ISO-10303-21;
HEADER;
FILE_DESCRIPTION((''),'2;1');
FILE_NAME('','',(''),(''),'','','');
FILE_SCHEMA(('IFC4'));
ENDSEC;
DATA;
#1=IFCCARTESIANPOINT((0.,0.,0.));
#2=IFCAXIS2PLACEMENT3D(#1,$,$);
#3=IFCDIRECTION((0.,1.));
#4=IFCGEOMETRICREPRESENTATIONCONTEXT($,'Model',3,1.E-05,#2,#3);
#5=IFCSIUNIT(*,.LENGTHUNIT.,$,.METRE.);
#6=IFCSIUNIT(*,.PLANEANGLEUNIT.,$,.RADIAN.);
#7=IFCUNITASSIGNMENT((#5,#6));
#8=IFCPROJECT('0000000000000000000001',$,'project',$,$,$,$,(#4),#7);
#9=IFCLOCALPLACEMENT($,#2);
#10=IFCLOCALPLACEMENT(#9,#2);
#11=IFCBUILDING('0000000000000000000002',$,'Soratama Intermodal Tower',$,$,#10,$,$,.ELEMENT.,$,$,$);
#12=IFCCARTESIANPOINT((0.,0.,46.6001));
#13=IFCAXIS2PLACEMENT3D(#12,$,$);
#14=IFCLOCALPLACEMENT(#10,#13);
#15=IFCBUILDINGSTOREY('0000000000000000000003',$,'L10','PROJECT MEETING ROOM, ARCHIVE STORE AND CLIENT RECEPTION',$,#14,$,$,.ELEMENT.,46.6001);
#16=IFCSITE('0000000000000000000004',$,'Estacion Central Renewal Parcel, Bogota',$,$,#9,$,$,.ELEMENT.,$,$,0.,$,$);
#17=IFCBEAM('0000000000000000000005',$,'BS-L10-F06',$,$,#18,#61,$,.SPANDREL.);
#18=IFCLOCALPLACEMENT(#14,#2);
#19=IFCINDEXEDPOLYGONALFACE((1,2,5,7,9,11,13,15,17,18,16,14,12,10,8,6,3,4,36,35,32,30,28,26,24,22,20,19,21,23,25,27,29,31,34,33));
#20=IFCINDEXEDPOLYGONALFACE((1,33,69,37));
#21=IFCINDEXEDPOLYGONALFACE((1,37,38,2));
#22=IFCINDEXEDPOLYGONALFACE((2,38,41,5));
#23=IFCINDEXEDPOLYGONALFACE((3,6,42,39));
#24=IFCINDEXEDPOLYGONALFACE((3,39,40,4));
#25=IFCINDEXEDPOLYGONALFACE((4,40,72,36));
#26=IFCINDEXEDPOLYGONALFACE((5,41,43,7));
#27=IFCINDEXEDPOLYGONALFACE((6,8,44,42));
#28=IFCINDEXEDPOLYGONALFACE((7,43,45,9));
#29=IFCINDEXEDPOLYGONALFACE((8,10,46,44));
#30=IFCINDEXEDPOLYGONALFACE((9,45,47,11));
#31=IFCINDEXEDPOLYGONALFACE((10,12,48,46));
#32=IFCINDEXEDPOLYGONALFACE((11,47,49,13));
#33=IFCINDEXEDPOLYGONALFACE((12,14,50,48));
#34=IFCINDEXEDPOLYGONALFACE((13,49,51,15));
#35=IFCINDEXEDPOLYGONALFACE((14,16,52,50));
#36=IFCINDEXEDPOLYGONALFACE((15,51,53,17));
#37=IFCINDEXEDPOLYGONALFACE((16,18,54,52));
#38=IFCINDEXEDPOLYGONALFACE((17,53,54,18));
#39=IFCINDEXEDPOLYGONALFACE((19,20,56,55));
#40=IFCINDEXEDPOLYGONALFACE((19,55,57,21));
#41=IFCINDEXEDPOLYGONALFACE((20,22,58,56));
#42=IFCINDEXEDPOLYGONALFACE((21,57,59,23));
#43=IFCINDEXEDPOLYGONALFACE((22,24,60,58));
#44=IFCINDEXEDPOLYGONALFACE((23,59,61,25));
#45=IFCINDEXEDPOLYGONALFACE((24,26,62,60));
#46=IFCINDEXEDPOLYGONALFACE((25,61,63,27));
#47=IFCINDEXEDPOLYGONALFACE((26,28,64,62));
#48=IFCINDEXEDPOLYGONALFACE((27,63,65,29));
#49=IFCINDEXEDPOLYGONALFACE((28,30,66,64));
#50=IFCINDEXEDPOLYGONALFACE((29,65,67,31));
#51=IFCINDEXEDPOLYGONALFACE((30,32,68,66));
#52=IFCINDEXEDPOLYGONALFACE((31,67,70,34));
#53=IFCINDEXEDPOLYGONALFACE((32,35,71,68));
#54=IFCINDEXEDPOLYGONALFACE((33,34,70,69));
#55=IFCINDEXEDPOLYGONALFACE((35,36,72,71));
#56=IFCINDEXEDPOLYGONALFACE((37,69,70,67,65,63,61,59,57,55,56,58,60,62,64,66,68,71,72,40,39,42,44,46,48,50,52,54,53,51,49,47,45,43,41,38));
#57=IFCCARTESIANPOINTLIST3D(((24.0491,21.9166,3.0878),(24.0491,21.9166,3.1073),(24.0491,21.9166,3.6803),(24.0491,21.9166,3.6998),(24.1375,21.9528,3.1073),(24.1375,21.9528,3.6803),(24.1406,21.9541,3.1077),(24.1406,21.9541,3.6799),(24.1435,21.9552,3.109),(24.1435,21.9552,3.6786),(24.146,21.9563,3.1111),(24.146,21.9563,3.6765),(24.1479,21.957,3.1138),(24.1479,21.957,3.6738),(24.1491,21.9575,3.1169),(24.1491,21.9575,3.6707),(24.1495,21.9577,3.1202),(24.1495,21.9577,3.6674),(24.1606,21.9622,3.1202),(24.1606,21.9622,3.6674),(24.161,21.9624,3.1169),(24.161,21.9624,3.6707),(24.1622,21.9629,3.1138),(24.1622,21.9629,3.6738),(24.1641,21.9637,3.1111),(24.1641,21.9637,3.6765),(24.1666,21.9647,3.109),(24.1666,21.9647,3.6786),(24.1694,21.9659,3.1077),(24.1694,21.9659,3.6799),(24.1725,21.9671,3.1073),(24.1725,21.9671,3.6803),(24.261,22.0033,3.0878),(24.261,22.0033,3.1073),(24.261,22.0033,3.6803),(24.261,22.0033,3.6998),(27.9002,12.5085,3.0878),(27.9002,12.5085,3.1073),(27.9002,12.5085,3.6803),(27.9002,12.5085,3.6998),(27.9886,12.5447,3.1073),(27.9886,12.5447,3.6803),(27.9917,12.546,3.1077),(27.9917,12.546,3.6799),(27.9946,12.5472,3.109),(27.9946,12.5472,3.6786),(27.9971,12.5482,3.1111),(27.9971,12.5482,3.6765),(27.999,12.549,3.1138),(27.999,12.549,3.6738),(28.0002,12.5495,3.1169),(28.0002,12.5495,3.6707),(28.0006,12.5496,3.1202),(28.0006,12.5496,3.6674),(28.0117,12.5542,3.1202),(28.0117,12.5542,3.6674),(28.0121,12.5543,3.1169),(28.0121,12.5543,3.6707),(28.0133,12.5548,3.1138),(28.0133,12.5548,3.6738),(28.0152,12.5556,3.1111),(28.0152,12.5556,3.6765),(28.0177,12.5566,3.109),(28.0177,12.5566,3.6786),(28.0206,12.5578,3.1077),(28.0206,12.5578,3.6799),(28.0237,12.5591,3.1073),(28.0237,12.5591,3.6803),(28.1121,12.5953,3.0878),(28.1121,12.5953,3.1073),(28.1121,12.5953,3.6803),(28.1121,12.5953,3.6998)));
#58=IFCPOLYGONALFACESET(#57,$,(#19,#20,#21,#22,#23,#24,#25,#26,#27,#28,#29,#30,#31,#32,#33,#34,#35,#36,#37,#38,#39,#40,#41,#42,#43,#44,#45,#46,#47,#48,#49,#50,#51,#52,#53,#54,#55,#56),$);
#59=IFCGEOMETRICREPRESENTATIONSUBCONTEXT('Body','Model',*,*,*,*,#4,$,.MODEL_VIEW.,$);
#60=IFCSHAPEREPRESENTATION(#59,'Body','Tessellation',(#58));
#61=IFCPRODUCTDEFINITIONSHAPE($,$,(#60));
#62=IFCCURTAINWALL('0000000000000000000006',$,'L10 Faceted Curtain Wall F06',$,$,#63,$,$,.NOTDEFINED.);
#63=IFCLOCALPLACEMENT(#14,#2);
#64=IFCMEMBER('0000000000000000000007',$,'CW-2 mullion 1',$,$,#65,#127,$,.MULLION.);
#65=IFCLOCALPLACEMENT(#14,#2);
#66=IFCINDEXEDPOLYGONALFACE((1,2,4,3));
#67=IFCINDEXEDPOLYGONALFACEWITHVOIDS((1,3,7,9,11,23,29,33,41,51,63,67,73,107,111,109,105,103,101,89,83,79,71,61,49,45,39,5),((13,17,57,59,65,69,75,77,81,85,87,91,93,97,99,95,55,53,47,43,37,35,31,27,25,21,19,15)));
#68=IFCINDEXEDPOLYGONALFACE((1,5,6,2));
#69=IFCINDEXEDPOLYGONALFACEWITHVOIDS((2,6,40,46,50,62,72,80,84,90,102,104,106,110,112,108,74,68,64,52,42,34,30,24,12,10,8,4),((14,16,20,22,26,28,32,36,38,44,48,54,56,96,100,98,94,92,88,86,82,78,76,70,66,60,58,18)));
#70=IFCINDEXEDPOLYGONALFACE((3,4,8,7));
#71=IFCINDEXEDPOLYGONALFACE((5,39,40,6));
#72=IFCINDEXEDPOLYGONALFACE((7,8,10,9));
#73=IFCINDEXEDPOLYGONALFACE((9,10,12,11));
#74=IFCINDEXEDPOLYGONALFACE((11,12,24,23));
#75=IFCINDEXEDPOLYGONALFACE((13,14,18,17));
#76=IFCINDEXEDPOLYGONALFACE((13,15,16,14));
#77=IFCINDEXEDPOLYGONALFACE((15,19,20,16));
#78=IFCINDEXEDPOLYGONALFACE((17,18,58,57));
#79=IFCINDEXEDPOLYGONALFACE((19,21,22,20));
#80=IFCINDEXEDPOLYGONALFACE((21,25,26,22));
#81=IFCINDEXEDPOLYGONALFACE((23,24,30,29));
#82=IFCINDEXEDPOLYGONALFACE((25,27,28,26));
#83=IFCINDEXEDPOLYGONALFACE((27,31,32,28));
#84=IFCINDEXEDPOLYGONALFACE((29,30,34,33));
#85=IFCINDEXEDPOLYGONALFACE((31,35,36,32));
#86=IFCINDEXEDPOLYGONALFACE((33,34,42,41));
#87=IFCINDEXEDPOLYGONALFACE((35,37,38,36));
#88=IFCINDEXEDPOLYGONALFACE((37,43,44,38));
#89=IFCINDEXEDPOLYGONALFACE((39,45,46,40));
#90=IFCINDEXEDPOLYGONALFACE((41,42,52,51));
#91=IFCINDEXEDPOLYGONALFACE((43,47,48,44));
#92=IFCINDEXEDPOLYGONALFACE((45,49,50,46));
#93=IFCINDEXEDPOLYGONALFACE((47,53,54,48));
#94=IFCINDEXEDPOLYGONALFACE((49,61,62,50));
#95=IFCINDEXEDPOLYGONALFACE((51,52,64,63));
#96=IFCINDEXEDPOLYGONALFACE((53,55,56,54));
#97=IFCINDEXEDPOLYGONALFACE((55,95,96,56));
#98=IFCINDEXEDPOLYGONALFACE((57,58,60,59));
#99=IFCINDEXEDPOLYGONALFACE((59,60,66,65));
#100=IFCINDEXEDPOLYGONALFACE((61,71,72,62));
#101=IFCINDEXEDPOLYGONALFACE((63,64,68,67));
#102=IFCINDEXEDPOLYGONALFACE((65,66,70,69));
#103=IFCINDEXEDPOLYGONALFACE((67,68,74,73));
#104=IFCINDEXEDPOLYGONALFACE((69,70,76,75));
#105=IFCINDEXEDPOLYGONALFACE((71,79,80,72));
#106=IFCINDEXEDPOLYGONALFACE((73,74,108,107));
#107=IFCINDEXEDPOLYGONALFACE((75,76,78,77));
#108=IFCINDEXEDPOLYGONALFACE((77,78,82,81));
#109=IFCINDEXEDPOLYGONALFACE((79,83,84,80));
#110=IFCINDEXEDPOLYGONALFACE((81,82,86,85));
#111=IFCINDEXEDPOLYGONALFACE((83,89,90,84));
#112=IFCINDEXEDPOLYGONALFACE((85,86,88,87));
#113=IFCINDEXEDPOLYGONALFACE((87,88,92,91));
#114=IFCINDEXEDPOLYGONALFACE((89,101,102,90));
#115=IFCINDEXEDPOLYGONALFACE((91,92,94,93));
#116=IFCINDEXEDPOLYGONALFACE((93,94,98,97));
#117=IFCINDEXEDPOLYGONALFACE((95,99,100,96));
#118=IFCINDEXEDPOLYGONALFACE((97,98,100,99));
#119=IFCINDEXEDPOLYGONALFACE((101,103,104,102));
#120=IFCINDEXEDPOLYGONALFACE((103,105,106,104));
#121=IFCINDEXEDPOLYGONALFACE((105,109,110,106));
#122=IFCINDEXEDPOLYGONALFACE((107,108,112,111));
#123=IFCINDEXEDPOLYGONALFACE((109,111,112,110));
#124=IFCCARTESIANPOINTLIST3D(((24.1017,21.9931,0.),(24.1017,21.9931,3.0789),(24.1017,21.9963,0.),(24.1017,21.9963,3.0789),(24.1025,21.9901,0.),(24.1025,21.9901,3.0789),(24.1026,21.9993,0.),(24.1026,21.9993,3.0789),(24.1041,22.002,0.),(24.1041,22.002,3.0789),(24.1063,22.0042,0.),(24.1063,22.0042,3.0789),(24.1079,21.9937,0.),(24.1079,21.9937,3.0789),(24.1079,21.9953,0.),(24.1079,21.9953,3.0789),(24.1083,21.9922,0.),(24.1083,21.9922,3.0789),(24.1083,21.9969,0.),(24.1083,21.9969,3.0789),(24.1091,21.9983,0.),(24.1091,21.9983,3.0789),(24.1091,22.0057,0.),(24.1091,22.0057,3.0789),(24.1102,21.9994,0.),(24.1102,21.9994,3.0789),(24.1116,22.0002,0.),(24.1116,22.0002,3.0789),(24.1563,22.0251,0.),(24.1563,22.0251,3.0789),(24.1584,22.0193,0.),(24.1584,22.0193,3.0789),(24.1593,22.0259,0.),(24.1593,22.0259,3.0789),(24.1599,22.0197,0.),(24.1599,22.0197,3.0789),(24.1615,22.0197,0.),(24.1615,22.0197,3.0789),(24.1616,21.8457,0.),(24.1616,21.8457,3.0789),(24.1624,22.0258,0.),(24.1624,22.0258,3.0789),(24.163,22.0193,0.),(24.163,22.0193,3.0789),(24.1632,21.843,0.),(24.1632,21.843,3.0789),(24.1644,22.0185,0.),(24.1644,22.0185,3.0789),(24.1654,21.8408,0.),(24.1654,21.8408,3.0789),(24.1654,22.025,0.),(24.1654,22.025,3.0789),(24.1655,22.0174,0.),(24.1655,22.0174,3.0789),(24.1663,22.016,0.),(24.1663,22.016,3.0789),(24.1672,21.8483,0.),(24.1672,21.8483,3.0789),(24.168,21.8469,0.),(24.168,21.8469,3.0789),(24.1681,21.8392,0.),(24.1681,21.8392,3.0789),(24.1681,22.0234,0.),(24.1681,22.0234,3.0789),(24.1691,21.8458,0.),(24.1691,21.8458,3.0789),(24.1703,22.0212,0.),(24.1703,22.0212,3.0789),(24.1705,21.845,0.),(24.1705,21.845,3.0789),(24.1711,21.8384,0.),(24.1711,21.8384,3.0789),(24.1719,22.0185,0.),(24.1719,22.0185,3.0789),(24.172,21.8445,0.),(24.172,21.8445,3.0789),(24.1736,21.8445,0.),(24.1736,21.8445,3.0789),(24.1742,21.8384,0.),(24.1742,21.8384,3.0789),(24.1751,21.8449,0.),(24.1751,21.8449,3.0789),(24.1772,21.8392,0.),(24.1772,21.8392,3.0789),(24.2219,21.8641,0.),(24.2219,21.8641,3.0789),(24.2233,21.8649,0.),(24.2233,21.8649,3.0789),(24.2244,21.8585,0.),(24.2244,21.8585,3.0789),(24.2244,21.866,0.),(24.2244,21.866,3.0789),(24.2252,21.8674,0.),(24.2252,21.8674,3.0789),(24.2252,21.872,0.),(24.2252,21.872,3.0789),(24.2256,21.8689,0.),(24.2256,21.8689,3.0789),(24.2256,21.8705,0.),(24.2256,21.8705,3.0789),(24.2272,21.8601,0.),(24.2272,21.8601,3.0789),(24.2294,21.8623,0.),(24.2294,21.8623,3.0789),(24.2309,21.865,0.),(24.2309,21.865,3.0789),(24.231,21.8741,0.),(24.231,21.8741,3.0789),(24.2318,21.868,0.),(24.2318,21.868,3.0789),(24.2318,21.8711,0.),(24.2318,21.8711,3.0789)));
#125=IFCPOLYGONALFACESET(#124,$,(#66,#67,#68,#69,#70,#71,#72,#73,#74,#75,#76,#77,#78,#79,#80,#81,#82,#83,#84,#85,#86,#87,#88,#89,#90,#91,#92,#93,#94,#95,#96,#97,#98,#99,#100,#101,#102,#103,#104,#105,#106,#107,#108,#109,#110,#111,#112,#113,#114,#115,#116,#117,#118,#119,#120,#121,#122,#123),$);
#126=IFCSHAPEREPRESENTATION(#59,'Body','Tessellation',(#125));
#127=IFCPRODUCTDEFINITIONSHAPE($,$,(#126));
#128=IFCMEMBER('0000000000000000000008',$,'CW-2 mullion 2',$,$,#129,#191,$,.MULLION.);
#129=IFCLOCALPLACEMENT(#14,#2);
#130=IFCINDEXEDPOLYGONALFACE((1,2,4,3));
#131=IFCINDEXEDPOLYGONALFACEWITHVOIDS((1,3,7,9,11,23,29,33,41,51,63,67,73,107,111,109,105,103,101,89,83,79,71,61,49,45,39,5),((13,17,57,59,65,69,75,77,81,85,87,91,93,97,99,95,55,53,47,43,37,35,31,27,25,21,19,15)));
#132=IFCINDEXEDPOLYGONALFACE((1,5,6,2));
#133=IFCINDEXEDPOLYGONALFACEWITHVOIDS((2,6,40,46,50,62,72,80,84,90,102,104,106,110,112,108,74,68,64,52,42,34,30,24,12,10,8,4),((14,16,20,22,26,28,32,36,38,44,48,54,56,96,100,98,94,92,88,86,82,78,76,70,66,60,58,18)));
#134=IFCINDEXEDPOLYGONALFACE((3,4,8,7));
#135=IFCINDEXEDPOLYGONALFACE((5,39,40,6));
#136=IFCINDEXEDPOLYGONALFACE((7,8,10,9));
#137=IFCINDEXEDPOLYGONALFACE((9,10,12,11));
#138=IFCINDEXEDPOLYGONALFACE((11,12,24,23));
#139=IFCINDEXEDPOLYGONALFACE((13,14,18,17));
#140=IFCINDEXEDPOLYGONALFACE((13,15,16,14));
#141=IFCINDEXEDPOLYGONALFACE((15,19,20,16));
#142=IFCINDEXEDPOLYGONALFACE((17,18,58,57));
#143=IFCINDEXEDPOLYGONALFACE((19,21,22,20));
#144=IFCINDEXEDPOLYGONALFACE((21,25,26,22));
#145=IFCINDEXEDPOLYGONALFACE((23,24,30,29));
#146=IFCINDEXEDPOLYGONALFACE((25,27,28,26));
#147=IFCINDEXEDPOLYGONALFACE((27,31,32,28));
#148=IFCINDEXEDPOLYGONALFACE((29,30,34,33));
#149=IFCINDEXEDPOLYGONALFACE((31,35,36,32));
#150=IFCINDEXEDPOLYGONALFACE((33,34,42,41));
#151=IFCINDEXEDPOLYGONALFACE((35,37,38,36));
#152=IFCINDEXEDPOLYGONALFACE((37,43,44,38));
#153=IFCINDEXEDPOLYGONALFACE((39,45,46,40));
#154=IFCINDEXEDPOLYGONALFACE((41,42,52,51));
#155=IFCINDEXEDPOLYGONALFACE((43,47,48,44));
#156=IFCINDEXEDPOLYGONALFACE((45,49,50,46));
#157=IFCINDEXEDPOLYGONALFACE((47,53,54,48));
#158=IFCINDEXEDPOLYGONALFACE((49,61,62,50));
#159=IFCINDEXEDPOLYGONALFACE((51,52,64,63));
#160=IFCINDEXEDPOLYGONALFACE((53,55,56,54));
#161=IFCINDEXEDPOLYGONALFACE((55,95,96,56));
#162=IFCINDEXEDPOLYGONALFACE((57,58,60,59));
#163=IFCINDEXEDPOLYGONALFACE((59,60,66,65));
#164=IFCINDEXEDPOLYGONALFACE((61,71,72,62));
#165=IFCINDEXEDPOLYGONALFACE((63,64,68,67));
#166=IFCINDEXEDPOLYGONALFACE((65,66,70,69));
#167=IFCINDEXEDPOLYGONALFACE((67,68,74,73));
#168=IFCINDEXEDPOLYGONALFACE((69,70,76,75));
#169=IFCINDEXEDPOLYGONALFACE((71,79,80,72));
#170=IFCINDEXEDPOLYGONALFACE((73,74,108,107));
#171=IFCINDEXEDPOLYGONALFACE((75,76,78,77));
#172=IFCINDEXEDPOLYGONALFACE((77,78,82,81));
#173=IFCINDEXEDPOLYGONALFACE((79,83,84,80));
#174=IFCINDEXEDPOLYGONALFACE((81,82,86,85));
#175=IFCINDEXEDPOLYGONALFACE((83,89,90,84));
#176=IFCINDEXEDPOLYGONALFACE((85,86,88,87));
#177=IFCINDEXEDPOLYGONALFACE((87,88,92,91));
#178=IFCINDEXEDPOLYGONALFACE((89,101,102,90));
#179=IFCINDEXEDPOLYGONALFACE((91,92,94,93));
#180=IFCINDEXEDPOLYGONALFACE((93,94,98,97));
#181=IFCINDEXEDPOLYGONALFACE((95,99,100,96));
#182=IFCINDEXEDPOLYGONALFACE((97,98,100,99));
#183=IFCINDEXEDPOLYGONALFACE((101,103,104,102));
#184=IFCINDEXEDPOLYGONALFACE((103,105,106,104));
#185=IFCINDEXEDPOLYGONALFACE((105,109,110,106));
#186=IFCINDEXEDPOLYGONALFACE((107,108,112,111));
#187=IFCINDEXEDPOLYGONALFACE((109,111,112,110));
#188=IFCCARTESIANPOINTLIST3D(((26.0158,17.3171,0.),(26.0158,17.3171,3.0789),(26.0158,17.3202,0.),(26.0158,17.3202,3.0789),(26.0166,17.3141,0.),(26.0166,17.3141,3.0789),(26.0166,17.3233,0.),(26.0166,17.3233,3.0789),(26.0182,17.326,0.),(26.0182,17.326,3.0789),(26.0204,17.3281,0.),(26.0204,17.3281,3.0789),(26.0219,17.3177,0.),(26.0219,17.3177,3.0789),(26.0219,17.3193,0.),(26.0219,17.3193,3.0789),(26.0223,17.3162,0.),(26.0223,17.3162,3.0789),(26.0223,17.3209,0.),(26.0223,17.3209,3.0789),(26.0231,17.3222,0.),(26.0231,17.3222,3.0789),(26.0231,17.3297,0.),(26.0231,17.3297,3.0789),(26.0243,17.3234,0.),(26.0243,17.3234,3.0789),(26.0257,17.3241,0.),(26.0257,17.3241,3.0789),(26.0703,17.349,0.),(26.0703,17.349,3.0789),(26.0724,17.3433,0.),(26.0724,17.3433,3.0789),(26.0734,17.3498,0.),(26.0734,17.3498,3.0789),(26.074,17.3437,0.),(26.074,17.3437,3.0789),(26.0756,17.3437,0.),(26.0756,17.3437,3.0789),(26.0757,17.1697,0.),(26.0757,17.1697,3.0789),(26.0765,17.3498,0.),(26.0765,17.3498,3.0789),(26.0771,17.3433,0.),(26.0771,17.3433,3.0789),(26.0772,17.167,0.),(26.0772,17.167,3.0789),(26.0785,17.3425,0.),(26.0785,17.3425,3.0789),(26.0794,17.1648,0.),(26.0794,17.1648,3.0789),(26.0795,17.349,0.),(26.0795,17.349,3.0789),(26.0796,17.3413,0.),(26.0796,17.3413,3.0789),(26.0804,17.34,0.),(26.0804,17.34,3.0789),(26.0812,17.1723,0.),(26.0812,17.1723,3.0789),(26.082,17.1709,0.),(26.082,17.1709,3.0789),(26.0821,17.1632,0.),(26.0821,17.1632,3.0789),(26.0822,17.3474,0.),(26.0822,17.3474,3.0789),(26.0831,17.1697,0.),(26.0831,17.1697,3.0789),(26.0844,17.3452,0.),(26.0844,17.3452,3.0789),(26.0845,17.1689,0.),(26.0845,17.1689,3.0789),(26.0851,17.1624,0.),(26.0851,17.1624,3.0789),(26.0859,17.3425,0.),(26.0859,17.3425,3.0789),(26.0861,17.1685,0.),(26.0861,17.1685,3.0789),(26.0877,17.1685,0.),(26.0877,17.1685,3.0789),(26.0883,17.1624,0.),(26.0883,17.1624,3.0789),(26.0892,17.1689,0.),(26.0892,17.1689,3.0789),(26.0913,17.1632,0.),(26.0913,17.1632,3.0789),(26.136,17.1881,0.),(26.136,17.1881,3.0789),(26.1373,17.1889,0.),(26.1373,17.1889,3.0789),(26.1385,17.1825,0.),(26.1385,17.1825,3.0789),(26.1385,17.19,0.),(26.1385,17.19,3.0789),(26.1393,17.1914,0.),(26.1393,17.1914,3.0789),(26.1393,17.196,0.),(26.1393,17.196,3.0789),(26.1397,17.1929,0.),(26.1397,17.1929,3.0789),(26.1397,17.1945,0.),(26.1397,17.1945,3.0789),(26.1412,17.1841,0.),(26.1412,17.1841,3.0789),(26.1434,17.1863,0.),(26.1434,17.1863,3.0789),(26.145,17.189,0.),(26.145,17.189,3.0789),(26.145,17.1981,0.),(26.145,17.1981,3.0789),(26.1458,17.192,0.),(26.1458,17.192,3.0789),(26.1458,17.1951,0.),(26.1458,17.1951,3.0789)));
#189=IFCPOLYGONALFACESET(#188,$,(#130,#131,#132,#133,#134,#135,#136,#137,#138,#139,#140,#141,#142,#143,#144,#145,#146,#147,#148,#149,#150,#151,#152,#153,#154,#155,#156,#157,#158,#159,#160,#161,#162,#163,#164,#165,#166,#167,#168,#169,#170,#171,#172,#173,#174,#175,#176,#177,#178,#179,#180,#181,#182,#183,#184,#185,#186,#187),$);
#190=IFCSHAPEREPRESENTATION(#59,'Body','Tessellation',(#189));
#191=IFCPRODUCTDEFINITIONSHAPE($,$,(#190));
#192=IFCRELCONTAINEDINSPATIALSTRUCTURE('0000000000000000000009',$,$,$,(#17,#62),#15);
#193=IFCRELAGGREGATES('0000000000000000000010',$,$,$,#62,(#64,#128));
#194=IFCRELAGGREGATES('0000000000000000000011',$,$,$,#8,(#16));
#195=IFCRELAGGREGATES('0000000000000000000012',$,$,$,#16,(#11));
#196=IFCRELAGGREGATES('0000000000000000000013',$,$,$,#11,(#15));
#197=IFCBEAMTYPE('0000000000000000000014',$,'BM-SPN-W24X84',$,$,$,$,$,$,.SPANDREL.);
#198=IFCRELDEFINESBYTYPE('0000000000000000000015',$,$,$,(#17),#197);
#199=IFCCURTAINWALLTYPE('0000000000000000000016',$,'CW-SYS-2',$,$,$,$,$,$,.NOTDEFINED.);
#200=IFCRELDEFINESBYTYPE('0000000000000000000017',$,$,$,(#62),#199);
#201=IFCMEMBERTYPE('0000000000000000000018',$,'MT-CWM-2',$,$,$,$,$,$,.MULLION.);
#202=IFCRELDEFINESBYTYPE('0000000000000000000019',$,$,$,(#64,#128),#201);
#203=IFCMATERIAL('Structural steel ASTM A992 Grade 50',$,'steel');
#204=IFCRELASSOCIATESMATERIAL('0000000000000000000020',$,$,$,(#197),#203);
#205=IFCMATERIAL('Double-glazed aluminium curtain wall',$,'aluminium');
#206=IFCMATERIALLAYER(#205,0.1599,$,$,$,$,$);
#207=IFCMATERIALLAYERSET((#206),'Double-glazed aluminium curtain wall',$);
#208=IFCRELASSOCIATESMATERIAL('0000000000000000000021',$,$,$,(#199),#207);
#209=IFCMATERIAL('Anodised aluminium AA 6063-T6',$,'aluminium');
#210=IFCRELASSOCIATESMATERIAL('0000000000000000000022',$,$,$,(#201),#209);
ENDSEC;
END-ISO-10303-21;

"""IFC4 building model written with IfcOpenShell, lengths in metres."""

from ifc_helpers import new_model, si_unit, direction, frame, origin, origin_2d, place, context, subcontext, project, spatial, hollow_rectangle, i_section, extrude, material, layer, layer_set, material_profile, profile_set, type_object, element, aggregate, save


model = new_model("IFC4")

# Units and contexts
model_context = context("Model", 3, precision=1e-05, world=origin(), true_north=direction((0.0, 1.0)))
body_context = subcontext(model_context, "Body", "Model", "MODEL_VIEW")
ifc_project = project(units=[si_unit("LENGTHUNIT", "METRE"), si_unit("PLANEANGLEUNIT", "RADIAN")], contexts=[model_context])

# Site, building, storey
site_placement = place(None, origin())
site = spatial("IfcSite", under=ifc_project, at=site_placement, Name="Estacion Central Renewal Parcel, Bogota", CompositionType="ELEMENT", RefElevation=0.0)
building_placement = place(site_placement, origin())
building = spatial("IfcBuilding", under=site, at=building_placement, Name="Soratama Intermodal Tower", CompositionType="ELEMENT")
storey_placement = place(building_placement, frame((0.0, 0.0, 46.6001)))
storey = spatial("IfcBuildingStorey", under=building, at=storey_placement, Name="L10", Description="PROJECT MEETING ROOM, ARCHIVE STORE AND CLIENT RECEPTION", CompositionType="ELEMENT", Elevation=46.6001)

# Beam
ifc_material_1 = material(Name="Structural steel ASTM A992 Grade 50", Category="steel")
ifc_material_profile_1 = material_profile(ifc_material_1, i_section(OverallWidth=0.229, OverallDepth=0.6121, WebThickness=0.012, FlangeThickness=0.0195, FilletRadius=0.0129, at=origin_2d()), Name="W24X84")
ifc_profile_set_1 = profile_set([ifc_material_profile_1], Name="Structural steel ASTM A992 Grade 50")
beam_type = type_object("IfcBeamType", Name="BM-SPN-W24X84", PredefinedType="SPANDREL", material=ifc_profile_set_1)
beam_placement = place(storey_placement, frame((24.155, 21.96, 3.3938), z_axis=(0.378832, -0.925465, 0.0), x_axis=(0.925465, 0.378832, 0.0)))
element("IfcBeam", 1, at=beam_placement, inside=storey, type_object=beam_type, Name="BS-L10-F06", PredefinedType="SPANDREL", context=body_context, shape_type="SweptSolid", body=[
    extrude(i_section(OverallWidth=0.229, OverallDepth=0.6121, WebThickness=0.012, FlangeThickness=0.0195, FilletRadius=0.0129, at=origin_2d()), origin(), (0.0, 0.0, 1.0), 10.1658),
])

# Curtain wall, members
ifc_material_2 = material(Name="Double-glazed aluminium curtain wall", Category="aluminium")
ifc_layer_1 = layer(ifc_material_2, 0.1599)
ifc_layer_set_1 = layer_set([ifc_layer_1], Name="Double-glazed aluminium curtain wall")
curtain_wall_type = type_object("IfcCurtainWallType", Name="CW-SYS-2", PredefinedType="NOTDEFINED", material=ifc_layer_set_1)
curtain_wall_placement = place(storey_placement, origin())
curtain_wall = element("IfcCurtainWall", 2, at=curtain_wall_placement, inside=storey, type_object=curtain_wall_type, Name="L10 Faceted Curtain Wall F06", PredefinedType="NOTDEFINED")
ifc_material_3 = material(Name="Anodised aluminium AA 6063-T6", Category="aluminium")
ifc_material_profile_2 = material_profile(ifc_material_3, hollow_rectangle(XDim=0.075, YDim=0.1799, WallThickness=0.0061, InnerFilletRadius=0.0061, OuterFilletRadius=0.012, at=origin_2d()), Name="CWM180X75X6")
ifc_profile_set_2 = profile_set([ifc_material_profile_2], Name="Anodised aluminium AA 6063-T6")
member_type_1 = type_object("IfcMemberType", Name="MT-CWM-2", PredefinedType="MULLION", material=ifc_profile_set_2)
member_1_placement = place(storey_placement, frame((24.1667, 21.9321, 0.0), z_axis=(0.0, 0.0, 1.0), x_axis=(0.925473, 0.378813, 0.0)))
member_1 = element("IfcMember", 3, at=member_1_placement, type_object=member_type_1, Name="CW-2 mullion 1", PredefinedType="MULLION", context=body_context, shape_type="SweptSolid", body=[
    extrude(hollow_rectangle(XDim=0.075, YDim=0.1799, WallThickness=0.0061, InnerFilletRadius=0.0061, OuterFilletRadius=0.012, at=origin_2d()), origin(), (0.0, 0.0, 1.0), 3.0789),
])
member_2_placement = place(storey_placement, frame((26.0808, 17.2561, 0.0), z_axis=(0.0, 0.0, 1.0), x_axis=(0.925473, 0.378813, 0.0)))
member_2 = element("IfcMember", 4, at=member_2_placement, type_object=member_type_1, Name="CW-2 mullion 2", PredefinedType="MULLION", context=body_context, shape_type="SweptSolid", body=[
    extrude(hollow_rectangle(XDim=0.075, YDim=0.1799, WallThickness=0.0061, InnerFilletRadius=0.0061, OuterFilletRadius=0.012, at=origin_2d()), origin(), (0.0, 0.0, 1.0), 3.0789),
])
aggregate(curtain_wall, [member_1, member_2])

save(model, "model.ifc")
